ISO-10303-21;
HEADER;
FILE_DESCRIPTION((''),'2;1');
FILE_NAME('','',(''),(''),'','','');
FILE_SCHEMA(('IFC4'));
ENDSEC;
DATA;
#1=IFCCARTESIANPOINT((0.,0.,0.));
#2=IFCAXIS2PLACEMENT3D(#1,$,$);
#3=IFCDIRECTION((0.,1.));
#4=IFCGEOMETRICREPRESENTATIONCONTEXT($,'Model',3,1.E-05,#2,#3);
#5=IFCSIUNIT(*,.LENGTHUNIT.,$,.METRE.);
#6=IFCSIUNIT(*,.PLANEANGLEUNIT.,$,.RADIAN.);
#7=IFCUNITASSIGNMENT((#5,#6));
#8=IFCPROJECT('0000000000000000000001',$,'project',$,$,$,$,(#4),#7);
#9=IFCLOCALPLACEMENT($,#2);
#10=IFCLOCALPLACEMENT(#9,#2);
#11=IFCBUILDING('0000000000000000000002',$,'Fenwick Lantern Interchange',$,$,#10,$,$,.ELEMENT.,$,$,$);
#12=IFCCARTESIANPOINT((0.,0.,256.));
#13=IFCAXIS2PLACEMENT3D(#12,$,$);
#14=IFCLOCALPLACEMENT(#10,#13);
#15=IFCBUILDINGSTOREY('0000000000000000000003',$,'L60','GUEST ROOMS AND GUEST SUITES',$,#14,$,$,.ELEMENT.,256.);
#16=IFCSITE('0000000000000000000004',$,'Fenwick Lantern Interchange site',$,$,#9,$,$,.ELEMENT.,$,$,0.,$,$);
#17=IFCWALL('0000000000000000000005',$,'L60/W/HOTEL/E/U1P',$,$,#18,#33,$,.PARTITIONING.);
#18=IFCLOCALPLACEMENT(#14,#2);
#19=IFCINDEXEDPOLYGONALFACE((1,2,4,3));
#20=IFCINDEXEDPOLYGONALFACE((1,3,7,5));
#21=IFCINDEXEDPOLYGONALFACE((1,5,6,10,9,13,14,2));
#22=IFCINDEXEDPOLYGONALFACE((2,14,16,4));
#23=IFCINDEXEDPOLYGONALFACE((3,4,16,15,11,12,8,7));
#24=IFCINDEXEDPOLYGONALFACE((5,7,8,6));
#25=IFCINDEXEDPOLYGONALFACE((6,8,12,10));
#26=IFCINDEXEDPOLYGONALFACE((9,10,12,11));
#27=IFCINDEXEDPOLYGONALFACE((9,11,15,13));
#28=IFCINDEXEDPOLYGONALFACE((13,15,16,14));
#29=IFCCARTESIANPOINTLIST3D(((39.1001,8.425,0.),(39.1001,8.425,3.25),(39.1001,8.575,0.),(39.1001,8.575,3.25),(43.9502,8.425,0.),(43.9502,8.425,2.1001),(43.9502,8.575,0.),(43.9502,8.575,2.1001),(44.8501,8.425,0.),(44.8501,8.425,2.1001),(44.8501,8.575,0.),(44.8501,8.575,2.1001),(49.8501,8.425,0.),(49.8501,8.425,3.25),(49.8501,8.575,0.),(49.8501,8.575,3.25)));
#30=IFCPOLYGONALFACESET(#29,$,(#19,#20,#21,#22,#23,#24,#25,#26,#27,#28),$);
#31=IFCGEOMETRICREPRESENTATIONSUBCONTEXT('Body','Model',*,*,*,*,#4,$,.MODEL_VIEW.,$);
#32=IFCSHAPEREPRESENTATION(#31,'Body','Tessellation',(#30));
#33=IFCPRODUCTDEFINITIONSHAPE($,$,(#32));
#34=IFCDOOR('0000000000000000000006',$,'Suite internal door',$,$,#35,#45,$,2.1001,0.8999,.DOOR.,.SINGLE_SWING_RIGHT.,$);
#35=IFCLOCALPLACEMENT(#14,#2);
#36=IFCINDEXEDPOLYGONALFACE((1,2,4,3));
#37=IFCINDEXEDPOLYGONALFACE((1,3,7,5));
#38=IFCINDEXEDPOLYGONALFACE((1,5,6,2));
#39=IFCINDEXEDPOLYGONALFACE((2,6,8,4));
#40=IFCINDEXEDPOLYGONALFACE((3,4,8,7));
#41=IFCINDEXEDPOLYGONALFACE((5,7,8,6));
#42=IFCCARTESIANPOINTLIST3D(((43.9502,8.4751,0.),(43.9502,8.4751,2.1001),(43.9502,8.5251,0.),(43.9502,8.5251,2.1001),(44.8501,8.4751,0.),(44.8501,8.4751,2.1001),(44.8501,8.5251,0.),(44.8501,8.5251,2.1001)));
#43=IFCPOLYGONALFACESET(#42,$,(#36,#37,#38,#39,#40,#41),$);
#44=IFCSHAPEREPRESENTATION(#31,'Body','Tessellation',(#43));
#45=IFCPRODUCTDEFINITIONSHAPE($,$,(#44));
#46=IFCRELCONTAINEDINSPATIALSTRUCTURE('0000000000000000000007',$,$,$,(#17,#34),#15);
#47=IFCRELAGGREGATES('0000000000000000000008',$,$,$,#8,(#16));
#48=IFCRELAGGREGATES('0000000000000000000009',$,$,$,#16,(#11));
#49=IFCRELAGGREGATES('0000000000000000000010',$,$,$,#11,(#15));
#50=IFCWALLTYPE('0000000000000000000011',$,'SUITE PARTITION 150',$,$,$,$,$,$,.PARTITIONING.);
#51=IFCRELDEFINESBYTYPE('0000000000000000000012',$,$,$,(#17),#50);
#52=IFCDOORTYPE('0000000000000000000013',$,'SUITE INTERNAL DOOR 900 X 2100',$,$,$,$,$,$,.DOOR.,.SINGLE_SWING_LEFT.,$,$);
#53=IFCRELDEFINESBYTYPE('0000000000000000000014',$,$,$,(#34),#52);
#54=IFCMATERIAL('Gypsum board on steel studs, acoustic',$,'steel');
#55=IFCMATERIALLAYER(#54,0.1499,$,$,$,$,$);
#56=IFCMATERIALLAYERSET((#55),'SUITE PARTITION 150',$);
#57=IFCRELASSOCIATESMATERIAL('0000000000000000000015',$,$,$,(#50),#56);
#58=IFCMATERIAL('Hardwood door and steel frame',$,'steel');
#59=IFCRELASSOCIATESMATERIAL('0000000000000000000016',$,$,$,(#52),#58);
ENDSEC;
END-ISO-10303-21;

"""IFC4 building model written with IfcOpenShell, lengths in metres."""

from ifc_helpers import new_model, si_unit, direction, frame, frame_2d, origin, place, context, subcontext, project, spatial, rectangle, extrude, material, layer, layer_set, type_object, element, fill, save


model = new_model("IFC4")

# Units and contexts
model_context = context("Model", 3, precision=1e-05, world=origin(), true_north=direction((0.0, 1.0)))
body_context = subcontext(model_context, "Body", "Model", "MODEL_VIEW")
ifc_project = project(units=[si_unit("LENGTHUNIT", "METRE"), si_unit("PLANEANGLEUNIT", "RADIAN")], contexts=[model_context])

# Site, building, storey
site_placement = place(None, origin())
site = spatial("IfcSite", under=ifc_project, at=site_placement, Name="Fenwick Lantern Interchange site", CompositionType="ELEMENT", RefElevation=0.0)
building_placement = place(site_placement, origin())
building = spatial("IfcBuilding", under=site, at=building_placement, Name="Fenwick Lantern Interchange", CompositionType="ELEMENT")
storey_placement = place(building_placement, frame((0.0, 0.0, 256.0)))
storey = spatial("IfcBuildingStorey", under=building, at=storey_placement, Name="L60", Description="GUEST ROOMS AND GUEST SUITES", CompositionType="ELEMENT", Elevation=256.0)

# Shared definitions
ifc_material_1 = material(Name="Hardwood door and steel frame", Category="steel")

# Wall, opening, door
ifc_material_2 = material(Name="Gypsum board on steel studs, acoustic", Category="steel")
ifc_layer_1 = layer(ifc_material_2, 0.1499)
ifc_layer_set_1 = layer_set([ifc_layer_1], Name="SUITE PARTITION 150")
wall_type_1 = type_object("IfcWallType", Name="SUITE PARTITION 150", PredefinedType="PARTITIONING", material=ifc_layer_set_1)
wall_1_placement = place(storey_placement, frame((49.8501, 8.5, 0.0), z_axis=(0.0, 0.0, 1.0), x_axis=(-1.0, 0.0, 0.0)))
wall_1 = element("IfcWall", 1, at=wall_1_placement, inside=storey, type_object=wall_type_1, Name="L60/W/HOTEL/E/U1P", PredefinedType="PARTITIONING", context=body_context, shape_type="SweptSolid", body=[
    extrude(rectangle(XDim=10.75, YDim=0.1499, at=frame_2d((5.375, 0.0))), origin(), (0.0, 0.0, 1.0), 3.25),
])
opening_1_placement = place(wall_1_placement, frame((5.0, 0.0, 0.0)))
opening_1 = element("IfcOpeningElement", 2, at=opening_1_placement, cuts=wall_1, PredefinedType="OPENING", context=body_context, shape_type="SweptSolid", body=[
    extrude(rectangle(XDim=0.8999, YDim=2.1001, at=frame_2d((0.45, 1.05))), frame((0.0, 0.085, 0.0), z_axis=(0.0, -1.0, 0.0), x_axis=(1.0, 0.0, 0.0)), (0.0, 0.0, 1.0), 0.1699),
])
door_type_1 = type_object("IfcDoorType", Name="SUITE INTERNAL DOOR 900 X 2100", OperationType="SINGLE_SWING_LEFT", PredefinedType="DOOR", material=ifc_material_1)
door_1_placement = place(opening_1_placement, origin())
door_1 = element("IfcDoor", 3, at=door_1_placement, inside=storey, type_object=door_type_1, Name="Suite internal door", OperationType="SINGLE_SWING_RIGHT", OverallHeight=2.1001, OverallWidth=0.8999, PredefinedType="DOOR", context=body_context, shape_type="SweptSolid", body=[
    extrude(rectangle(XDim=0.8999, YDim=2.1001, at=frame_2d((0.45, 1.05))), frame((0.0, 0.0249, 0.0), z_axis=(0.0, -1.0, 0.0), x_axis=(1.0, 0.0, 0.0)), (0.0, 0.0, 1.0), 0.05),
])
fill(opening_1, door_1)

save(model, "model.ifc")
